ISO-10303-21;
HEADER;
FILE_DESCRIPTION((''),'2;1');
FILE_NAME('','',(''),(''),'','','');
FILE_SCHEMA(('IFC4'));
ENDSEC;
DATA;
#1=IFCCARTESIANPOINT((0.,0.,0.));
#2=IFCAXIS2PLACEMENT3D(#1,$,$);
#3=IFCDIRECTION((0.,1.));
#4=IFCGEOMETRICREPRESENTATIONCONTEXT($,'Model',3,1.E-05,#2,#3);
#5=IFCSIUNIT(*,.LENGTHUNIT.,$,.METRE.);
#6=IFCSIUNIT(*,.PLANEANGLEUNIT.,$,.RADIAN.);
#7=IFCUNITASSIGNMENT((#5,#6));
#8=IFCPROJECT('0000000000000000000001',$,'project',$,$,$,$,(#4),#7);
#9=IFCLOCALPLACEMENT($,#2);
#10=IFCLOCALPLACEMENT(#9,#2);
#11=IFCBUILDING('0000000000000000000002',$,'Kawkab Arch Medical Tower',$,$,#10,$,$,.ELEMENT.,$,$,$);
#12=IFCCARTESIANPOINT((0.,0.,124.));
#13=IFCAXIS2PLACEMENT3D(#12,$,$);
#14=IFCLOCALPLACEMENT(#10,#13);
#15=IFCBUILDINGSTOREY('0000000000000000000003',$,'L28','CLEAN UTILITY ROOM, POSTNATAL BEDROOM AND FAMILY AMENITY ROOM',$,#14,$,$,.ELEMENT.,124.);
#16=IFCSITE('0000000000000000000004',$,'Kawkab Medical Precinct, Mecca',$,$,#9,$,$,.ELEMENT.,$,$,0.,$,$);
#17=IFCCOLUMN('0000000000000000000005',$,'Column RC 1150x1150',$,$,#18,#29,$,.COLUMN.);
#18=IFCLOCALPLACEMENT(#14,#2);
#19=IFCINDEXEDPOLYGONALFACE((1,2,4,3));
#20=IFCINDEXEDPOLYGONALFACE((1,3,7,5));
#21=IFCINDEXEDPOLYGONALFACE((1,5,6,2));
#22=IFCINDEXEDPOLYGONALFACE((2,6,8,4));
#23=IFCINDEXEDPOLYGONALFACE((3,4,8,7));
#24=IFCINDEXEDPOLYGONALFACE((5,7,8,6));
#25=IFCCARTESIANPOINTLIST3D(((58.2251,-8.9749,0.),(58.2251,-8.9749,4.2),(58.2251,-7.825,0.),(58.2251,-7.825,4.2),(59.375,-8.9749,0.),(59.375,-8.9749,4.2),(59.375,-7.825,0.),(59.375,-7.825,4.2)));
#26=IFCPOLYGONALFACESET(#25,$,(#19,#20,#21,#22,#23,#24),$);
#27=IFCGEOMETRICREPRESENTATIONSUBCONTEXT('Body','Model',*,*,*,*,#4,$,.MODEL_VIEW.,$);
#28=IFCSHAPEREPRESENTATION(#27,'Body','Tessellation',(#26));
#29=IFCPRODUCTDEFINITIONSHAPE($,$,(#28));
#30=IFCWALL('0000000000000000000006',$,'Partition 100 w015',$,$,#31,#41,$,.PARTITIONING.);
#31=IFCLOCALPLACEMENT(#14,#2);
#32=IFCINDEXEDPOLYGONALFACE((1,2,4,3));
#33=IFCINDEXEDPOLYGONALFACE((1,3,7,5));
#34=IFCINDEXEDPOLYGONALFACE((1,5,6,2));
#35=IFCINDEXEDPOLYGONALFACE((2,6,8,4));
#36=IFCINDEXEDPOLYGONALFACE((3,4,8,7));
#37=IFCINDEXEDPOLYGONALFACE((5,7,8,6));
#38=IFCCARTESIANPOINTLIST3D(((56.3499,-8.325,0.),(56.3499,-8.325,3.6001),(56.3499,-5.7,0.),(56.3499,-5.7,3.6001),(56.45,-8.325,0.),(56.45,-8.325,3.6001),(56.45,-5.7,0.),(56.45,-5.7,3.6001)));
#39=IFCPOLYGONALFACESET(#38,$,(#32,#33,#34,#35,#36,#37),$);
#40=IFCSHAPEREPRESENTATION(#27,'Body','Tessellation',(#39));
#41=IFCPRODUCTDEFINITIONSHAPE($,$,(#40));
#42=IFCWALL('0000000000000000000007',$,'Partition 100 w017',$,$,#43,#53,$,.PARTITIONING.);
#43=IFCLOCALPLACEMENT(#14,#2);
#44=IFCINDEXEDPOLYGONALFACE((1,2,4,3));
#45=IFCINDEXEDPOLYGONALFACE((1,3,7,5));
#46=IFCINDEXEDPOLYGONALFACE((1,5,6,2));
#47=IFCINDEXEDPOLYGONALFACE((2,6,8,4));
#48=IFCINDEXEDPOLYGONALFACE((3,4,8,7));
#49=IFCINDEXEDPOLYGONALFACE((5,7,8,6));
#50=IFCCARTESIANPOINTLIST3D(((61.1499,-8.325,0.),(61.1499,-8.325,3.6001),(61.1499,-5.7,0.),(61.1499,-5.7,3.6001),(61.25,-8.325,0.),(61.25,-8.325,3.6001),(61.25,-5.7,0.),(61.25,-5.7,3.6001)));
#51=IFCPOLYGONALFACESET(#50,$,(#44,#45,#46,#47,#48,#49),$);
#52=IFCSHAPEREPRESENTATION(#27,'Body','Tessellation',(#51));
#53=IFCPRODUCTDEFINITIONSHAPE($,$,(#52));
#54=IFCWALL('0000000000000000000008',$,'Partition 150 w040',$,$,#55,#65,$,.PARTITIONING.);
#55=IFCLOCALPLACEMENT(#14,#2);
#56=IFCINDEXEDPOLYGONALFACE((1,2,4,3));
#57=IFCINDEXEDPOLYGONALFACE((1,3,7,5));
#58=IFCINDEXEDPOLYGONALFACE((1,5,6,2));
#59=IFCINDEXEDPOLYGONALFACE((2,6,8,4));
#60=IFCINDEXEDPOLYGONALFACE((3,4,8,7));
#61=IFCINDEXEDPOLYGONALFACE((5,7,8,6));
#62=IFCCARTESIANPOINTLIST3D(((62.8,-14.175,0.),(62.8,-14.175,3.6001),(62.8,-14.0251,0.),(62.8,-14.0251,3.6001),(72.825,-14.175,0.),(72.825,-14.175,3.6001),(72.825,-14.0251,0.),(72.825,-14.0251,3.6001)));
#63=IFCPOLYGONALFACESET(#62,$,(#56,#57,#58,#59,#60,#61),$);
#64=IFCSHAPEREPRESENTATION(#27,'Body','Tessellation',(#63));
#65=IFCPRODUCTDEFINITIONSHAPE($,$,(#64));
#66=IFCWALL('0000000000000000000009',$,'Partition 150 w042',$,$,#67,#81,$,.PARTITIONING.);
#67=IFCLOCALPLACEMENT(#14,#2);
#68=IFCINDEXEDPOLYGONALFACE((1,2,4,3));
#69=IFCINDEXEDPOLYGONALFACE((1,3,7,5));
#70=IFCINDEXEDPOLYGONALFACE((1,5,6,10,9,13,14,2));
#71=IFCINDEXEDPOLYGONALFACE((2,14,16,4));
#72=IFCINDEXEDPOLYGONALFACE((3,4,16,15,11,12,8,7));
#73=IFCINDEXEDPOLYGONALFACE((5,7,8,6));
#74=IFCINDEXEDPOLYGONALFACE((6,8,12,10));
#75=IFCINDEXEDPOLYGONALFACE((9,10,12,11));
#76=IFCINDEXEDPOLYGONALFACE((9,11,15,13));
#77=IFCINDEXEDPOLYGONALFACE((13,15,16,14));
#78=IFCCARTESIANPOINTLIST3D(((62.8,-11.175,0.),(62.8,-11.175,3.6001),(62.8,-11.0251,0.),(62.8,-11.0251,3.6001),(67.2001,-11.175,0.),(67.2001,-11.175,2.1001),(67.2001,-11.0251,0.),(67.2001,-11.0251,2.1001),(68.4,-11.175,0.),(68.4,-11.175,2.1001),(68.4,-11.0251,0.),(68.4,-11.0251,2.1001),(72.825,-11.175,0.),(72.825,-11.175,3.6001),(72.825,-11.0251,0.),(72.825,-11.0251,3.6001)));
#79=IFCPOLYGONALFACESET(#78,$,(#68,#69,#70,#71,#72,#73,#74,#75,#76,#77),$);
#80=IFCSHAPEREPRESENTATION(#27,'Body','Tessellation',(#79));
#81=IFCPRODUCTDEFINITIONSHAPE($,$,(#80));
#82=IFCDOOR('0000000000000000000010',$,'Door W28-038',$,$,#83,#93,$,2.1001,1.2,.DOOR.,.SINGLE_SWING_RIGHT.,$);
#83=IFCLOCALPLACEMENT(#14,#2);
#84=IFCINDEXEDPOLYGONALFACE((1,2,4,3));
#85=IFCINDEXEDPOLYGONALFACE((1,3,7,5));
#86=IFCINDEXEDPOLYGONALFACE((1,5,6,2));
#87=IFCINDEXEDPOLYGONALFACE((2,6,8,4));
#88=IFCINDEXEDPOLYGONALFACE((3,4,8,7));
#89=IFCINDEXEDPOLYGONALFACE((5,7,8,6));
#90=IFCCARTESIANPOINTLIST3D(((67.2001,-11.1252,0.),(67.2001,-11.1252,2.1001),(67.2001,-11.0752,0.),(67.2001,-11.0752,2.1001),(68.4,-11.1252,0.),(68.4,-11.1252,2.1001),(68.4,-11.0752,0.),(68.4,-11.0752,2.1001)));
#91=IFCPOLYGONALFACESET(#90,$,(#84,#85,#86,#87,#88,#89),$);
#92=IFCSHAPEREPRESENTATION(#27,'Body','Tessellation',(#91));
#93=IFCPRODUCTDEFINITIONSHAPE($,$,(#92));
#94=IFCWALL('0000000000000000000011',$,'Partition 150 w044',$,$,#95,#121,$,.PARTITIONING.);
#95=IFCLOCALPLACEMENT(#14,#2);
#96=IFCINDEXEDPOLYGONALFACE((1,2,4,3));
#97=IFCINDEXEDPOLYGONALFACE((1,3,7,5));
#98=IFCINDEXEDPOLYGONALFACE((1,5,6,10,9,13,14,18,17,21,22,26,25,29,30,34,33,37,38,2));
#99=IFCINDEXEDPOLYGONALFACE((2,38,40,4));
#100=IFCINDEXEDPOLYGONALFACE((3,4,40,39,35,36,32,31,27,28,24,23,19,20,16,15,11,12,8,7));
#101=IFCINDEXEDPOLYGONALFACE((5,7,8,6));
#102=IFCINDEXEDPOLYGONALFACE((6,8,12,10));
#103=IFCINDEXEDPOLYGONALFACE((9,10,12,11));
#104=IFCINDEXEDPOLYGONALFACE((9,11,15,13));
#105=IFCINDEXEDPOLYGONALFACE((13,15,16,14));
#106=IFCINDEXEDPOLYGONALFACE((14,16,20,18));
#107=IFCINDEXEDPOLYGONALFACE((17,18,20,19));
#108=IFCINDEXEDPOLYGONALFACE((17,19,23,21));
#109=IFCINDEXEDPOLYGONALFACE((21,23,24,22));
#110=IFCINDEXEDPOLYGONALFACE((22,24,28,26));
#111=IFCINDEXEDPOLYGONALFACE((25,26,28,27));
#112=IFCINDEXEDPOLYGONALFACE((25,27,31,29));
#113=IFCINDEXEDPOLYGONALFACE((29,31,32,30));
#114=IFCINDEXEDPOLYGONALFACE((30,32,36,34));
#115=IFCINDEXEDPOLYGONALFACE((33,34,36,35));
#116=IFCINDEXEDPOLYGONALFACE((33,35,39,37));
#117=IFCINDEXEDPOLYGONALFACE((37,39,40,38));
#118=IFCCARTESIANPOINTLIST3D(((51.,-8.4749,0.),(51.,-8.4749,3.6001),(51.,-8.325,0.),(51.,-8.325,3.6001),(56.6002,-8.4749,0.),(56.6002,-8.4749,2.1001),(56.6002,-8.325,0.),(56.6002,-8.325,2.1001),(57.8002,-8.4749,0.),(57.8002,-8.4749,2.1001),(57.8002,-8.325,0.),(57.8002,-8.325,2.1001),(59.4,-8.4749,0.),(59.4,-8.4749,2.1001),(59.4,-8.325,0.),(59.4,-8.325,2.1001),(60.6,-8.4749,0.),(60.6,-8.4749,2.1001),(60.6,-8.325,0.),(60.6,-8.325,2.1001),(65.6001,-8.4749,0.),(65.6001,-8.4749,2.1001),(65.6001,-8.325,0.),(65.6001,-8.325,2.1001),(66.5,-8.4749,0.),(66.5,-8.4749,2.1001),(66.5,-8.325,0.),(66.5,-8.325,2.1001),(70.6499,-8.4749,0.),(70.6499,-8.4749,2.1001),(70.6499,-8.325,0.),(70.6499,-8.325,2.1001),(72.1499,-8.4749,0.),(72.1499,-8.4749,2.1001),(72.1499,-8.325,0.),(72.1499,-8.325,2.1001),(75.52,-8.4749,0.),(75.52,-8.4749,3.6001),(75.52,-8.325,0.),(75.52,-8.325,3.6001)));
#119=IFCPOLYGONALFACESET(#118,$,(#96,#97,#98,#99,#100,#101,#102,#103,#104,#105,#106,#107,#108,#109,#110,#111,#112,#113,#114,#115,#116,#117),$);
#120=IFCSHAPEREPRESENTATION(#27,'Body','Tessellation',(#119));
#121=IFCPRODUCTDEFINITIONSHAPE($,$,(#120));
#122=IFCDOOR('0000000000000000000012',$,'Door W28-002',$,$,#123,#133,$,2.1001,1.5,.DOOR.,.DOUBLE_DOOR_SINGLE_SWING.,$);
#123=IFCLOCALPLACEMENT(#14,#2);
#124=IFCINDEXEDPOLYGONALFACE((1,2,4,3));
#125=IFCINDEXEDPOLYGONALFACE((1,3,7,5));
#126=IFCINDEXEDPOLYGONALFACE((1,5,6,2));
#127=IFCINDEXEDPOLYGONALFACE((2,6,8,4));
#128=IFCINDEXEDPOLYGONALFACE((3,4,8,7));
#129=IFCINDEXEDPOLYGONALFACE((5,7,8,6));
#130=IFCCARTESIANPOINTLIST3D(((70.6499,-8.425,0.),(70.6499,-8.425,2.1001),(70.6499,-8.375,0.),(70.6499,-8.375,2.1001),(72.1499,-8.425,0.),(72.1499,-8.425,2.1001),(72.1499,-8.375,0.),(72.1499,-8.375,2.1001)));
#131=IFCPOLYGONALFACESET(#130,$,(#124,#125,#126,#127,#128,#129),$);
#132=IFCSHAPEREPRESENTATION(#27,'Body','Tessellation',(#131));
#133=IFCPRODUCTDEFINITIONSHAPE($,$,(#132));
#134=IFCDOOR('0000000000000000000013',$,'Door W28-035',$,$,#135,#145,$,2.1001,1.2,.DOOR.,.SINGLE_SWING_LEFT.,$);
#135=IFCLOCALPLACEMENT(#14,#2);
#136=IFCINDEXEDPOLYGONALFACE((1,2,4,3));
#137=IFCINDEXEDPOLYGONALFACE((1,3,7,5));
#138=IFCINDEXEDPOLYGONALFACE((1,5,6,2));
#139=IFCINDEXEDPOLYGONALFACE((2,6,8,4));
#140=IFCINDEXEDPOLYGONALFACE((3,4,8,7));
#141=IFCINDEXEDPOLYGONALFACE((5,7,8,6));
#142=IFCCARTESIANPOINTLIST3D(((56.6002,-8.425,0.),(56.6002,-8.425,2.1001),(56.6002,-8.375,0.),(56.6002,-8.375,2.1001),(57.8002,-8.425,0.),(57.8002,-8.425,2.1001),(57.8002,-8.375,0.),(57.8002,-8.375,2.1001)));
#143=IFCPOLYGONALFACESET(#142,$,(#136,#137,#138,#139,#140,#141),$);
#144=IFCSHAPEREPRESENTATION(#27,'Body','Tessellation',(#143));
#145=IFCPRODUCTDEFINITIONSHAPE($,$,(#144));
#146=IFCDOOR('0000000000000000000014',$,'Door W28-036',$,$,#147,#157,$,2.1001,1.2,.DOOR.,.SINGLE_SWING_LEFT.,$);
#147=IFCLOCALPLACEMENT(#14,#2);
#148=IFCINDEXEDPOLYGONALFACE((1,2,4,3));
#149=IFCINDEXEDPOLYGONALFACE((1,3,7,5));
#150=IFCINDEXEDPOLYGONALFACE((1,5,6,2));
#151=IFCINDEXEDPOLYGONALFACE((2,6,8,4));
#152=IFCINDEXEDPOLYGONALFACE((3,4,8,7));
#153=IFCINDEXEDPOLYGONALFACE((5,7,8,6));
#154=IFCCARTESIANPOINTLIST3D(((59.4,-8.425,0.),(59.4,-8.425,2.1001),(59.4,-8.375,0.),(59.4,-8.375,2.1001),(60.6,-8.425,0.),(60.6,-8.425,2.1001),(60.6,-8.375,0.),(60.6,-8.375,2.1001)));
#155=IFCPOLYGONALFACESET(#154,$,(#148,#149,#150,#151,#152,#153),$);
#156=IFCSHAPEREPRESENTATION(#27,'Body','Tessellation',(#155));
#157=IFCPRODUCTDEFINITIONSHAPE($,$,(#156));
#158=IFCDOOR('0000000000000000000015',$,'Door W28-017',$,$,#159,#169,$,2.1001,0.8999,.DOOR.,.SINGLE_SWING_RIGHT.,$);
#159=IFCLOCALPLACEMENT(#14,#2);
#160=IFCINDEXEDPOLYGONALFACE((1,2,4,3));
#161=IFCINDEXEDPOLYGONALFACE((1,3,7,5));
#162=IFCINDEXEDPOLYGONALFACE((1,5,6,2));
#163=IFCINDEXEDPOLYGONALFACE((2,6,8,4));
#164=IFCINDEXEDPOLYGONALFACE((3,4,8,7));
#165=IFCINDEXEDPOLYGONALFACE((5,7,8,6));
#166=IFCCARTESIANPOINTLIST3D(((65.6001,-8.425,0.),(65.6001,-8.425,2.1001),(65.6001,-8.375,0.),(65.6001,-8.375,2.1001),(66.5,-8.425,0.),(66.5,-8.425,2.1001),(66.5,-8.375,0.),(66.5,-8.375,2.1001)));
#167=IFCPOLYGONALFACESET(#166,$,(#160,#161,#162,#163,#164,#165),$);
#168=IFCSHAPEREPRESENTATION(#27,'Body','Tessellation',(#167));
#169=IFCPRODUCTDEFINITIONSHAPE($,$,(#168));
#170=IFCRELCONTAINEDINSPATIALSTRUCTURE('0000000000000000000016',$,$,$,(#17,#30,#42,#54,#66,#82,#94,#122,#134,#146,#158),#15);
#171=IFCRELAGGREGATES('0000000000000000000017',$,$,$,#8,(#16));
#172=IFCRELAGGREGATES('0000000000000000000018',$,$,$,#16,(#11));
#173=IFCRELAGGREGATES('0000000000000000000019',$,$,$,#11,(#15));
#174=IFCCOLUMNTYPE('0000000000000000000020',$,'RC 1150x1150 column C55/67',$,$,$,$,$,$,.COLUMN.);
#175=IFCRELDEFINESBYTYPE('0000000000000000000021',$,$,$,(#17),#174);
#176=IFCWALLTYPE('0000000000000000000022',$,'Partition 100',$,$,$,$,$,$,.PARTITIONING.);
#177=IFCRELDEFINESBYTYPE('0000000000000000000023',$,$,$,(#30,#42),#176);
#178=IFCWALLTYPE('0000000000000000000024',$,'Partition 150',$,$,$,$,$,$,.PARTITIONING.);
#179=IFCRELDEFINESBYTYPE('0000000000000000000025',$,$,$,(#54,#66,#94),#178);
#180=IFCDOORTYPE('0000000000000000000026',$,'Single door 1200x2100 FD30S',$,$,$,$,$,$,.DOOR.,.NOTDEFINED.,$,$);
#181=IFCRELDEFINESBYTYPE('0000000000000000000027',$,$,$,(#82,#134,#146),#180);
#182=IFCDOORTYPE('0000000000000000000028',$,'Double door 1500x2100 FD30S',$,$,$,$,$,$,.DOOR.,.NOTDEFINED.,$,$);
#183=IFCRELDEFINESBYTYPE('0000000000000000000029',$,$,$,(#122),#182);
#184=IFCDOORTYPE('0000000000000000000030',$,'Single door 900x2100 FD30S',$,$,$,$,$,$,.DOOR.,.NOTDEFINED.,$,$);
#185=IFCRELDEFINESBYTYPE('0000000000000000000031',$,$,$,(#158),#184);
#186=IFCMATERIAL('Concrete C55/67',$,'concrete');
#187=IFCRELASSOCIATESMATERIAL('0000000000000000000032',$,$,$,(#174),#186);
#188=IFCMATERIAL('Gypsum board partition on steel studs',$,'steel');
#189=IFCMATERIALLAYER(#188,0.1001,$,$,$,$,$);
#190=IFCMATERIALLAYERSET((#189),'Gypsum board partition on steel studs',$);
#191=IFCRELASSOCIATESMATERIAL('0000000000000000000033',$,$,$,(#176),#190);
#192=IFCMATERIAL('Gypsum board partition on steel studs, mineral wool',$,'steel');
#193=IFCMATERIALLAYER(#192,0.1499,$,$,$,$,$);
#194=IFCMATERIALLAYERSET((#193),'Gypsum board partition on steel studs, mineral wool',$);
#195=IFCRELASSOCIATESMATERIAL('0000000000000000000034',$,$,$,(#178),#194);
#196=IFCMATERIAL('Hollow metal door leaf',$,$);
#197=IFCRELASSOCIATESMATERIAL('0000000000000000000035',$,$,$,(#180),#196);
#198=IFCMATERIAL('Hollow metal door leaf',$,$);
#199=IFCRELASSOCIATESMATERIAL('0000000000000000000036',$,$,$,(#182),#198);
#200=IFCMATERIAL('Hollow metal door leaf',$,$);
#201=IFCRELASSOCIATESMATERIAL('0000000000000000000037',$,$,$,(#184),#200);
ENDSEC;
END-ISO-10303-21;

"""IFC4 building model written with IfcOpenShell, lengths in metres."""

from ifc_helpers import new_model, si_unit, direction, frame, frame_2d, origin, origin_2d, place, context, subcontext, project, spatial, rectangle, extrude, material, layer, layer_set, material_profile, profile_set, type_object, element, fill, save


model = new_model("IFC4")

# Units and contexts
model_context = context("Model", 3, precision=1e-05, world=origin(), true_north=direction((0.0, 1.0)))
body_context = subcontext(model_context, "Body", "Model", "MODEL_VIEW")
ifc_project = project(units=[si_unit("LENGTHUNIT", "METRE"), si_unit("PLANEANGLEUNIT", "RADIAN")], contexts=[model_context])

# Site, building, storey
site_placement = place(None, origin())
site = spatial("IfcSite", under=ifc_project, at=site_placement, Name="Kawkab Medical Precinct, Mecca", CompositionType="ELEMENT", RefElevation=0.0)
building_placement = place(site_placement, origin())
building = spatial("IfcBuilding", under=site, at=building_placement, Name="Kawkab Arch Medical Tower", CompositionType="ELEMENT")
storey_placement = place(building_placement, frame((0.0, 0.0, 124.0)))
storey = spatial("IfcBuildingStorey", under=building, at=storey_placement, Name="L28", Description="CLEAN UTILITY ROOM, POSTNATAL BEDROOM AND FAMILY AMENITY ROOM", CompositionType="ELEMENT", Elevation=124.0)

# Column
ifc_material_1 = material(Name="Concrete C55/67", Category="concrete")
ifc_material_profile = material_profile(ifc_material_1, rectangle(XDim=1.1499, YDim=1.1499, at=origin_2d()), Name="RC 1150x1150")
ifc_profile_set = profile_set([ifc_material_profile], Name="Concrete C55/67")
column_type = type_object("IfcColumnType", Name="RC 1150x1150 column C55/67", PredefinedType="COLUMN", material=ifc_profile_set)
column_placement = place(storey_placement, frame((58.8, -8.3999, 0.0), z_axis=(0.0, 0.0, 1.0), x_axis=(1.0, 0.0, 0.0)))
element("IfcColumn", 1, at=column_placement, inside=storey, type_object=column_type, Name="Column RC 1150x1150", PredefinedType="COLUMN", context=body_context, shape_type="SweptSolid", body=[
    extrude(rectangle(XDim=1.1499, YDim=1.1499, at=origin_2d()), origin(), (0.0, 0.0, 1.0), 4.2),
])

# Walls
ifc_material_2 = material(Name="Gypsum board partition on steel studs", Category="steel")
ifc_layer_1 = layer(ifc_material_2, 0.1001)
ifc_layer_set_1 = layer_set([ifc_layer_1], Name="Gypsum board partition on steel studs")
wall_type_1 = type_object("IfcWallType", Name="Partition 100", PredefinedType="PARTITIONING", material=ifc_layer_set_1)
for number, where, z_axis, x_axis, name in (
    (2, (56.3999, -8.325, 0.0), (0.0, 0.0, 1.0), (0.0, 1.0, 0.0), "Partition 100 w015"),
    (3, (61.2, -8.325, 0.0), (0.0, 0.0, 1.0), (0.0, 1.0, 0.0), "Partition 100 w017"),
):
    element("IfcWall", number, at=place(storey_placement, frame(where, z_axis=z_axis, x_axis=x_axis)), inside=storey, type_object=wall_type_1, Name=name, PredefinedType="PARTITIONING", context=body_context, shape_type="SweptSolid", body=[
        extrude(rectangle(XDim=2.625, YDim=0.1001, at=frame_2d((1.3125, 0.0))), origin(), (0.0, 0.0, 1.0), 3.6001),
    ])
ifc_material_3 = material(Name="Gypsum board partition on steel studs, mineral wool", Category="steel")
ifc_layer_2 = layer(ifc_material_3, 0.1499)
ifc_layer_set_2 = layer_set([ifc_layer_2], Name="Gypsum board partition on steel studs, mineral wool")
wall_type_2 = type_object("IfcWallType", Name="Partition 150", PredefinedType="PARTITIONING", material=ifc_layer_set_2)
wall_1_placement = place(storey_placement, frame((62.8, -14.1001, 0.0), z_axis=(0.0, 0.0, 1.0), x_axis=(1.0, 0.0, 0.0)))
element("IfcWall", 4, at=wall_1_placement, inside=storey, type_object=wall_type_2, Name="Partition 150 w040", PredefinedType="PARTITIONING", context=body_context, shape_type="SweptSolid", body=[
    extrude(rectangle(XDim=10.0249, YDim=0.1499, at=frame_2d((5.0125, 0.0))), origin(), (0.0, 0.0, 1.0), 3.6001),
])

# Wall, opening, door
wall_2_placement = place(storey_placement, frame((62.8, -11.1001, 0.0), z_axis=(0.0, 0.0, 1.0), x_axis=(1.0, 0.0, 0.0)))
wall_2 = element("IfcWall", 5, at=wall_2_placement, inside=storey, type_object=wall_type_2, Name="Partition 150 w042", PredefinedType="PARTITIONING", context=body_context, shape_type="SweptSolid", body=[
    extrude(rectangle(XDim=10.0249, YDim=0.1499, at=frame_2d((5.0125, 0.0))), origin(), (0.0, 0.0, 1.0), 3.6001),
])
opening_1_placement = place(wall_2_placement, frame((4.3999, 0.0, 0.0)))
opening_1 = element("IfcOpeningElement", 6, at=opening_1_placement, cuts=wall_2, PredefinedType="OPENING", context=body_context, shape_type="SweptSolid", body=[
    extrude(rectangle(XDim=1.2, YDim=2.1001, at=frame_2d((0.6001, 1.05))), frame((0.0, 0.085, 0.0), z_axis=(0.0, -1.0, 0.0), x_axis=(1.0, 0.0, 0.0)), (0.0, 0.0, 1.0), 0.1699),
])
ifc_material_4 = material(Name="Hollow metal door leaf")
door_type_1 = type_object("IfcDoorType", Name="Single door 1200x2100 FD30S", OperationType="NOTDEFINED", PredefinedType="DOOR", material=ifc_material_4)
door_1_placement = place(opening_1_placement, origin())
door_1 = element("IfcDoor", 7, at=door_1_placement, inside=storey, type_object=door_type_1, Name="Door W28-038", OperationType="SINGLE_SWING_RIGHT", OverallHeight=2.1001, OverallWidth=1.2, PredefinedType="DOOR", context=body_context, shape_type="SweptSolid", body=[
    extrude(rectangle(XDim=1.2, YDim=2.1001, at=frame_2d((0.6001, 1.05))), frame((0.0, 0.0249, 0.0), z_axis=(0.0, -1.0, 0.0), x_axis=(1.0, 0.0, 0.0)), (0.0, 0.0, 1.0), 0.05),
])
fill(opening_1, door_1)

# Wall, openings, doors
wall_3_placement = place(storey_placement, frame((51.0, -8.3999, 0.0), z_axis=(0.0, 0.0, 1.0), x_axis=(1.0, 0.0, 0.0)))
wall_3 = element("IfcWall", 8, at=wall_3_placement, inside=storey, type_object=wall_type_2, Name="Partition 150 w044", PredefinedType="PARTITIONING", context=body_context, shape_type="SweptSolid", body=[
    extrude(rectangle(XDim=24.52, YDim=0.1499, at=frame_2d((12.26, 0.0))), origin(), (0.0, 0.0, 1.0), 3.6001),
])
opening_2_placement = place(wall_3_placement, frame((5.6001, 0.0, 0.0)))
opening_2 = element("IfcOpeningElement", 9, at=opening_2_placement, cuts=wall_3, PredefinedType="OPENING", context=body_context, shape_type="SweptSolid", body=[
    extrude(rectangle(XDim=1.2, YDim=2.1001, at=frame_2d((0.6001, 1.05))), frame((0.0, 0.085, 0.0), z_axis=(0.0, -1.0, 0.0), x_axis=(1.0, 0.0, 0.0)), (0.0, 0.0, 1.0), 0.1699),
])
opening_3_placement = place(wall_3_placement, frame((8.3999, 0.0, 0.0)))
opening_3 = element("IfcOpeningElement", 10, at=opening_3_placement, cuts=wall_3, PredefinedType="OPENING", context=body_context, shape_type="SweptSolid", body=[
    extrude(rectangle(XDim=1.2, YDim=2.1001, at=frame_2d((0.6001, 1.05))), frame((0.0, 0.085, 0.0), z_axis=(0.0, -1.0, 0.0), x_axis=(1.0, 0.0, 0.0)), (0.0, 0.0, 1.0), 0.1699),
])
opening_4_placement = place(wall_3_placement, frame((14.6001, 0.0, 0.0)))
opening_4 = element("IfcOpeningElement", 11, at=opening_4_placement, cuts=wall_3, PredefinedType="OPENING", context=body_context, shape_type="SweptSolid", body=[
    extrude(rectangle(XDim=0.8999, YDim=2.1001, at=frame_2d((0.45, 1.05))), frame((0.0, 0.085, 0.0), z_axis=(0.0, -1.0, 0.0), x_axis=(1.0, 0.0, 0.0)), (0.0, 0.0, 1.0), 0.1699),
])
opening_5_placement = place(wall_3_placement, frame((19.6499, 0.0, 0.0)))
opening_5 = element("IfcOpeningElement", 12, at=opening_5_placement, cuts=wall_3, PredefinedType="OPENING", context=body_context, shape_type="SweptSolid", body=[
    extrude(rectangle(XDim=1.5, YDim=2.1001, at=frame_2d((0.75, 1.05))), frame((0.0, 0.085, 0.0), z_axis=(0.0, -1.0, 0.0), x_axis=(1.0, 0.0, 0.0)), (0.0, 0.0, 1.0), 0.1699),
])
ifc_material_5 = material(Name="Hollow metal door leaf")
door_type_2 = type_object("IfcDoorType", Name="Double door 1500x2100 FD30S", OperationType="NOTDEFINED", PredefinedType="DOOR", material=ifc_material_5)
door_2_placement = place(opening_5_placement, origin())
door_2 = element("IfcDoor", 13, at=door_2_placement, inside=storey, type_object=door_type_2, Name="Door W28-002", OperationType="DOUBLE_DOOR_SINGLE_SWING", OverallHeight=2.1001, OverallWidth=1.5, PredefinedType="DOOR", context=body_context, shape_type="SweptSolid", body=[
    extrude(rectangle(XDim=1.5, YDim=2.1001, at=frame_2d((0.75, 1.05))), frame((0.0, 0.0249, 0.0), z_axis=(0.0, -1.0, 0.0), x_axis=(1.0, 0.0, 0.0)), (0.0, 0.0, 1.0), 0.05),
])
fill(opening_5, door_2)
door_3_placement = place(opening_2_placement, origin())
door_3 = element("IfcDoor", 14, at=door_3_placement, inside=storey, type_object=door_type_1, Name="Door W28-035", OperationType="SINGLE_SWING_LEFT", OverallHeight=2.1001, OverallWidth=1.2, PredefinedType="DOOR", context=body_context, shape_type="SweptSolid", body=[
    extrude(rectangle(XDim=1.2, YDim=2.1001, at=frame_2d((0.6001, 1.05))), frame((0.0, 0.0249, 0.0), z_axis=(0.0, -1.0, 0.0), x_axis=(1.0, 0.0, 0.0)), (0.0, 0.0, 1.0), 0.05),
])
fill(opening_2, door_3)
door_4_placement = place(opening_3_placement, origin())
door_4 = element("IfcDoor", 15, at=door_4_placement, inside=storey, type_object=door_type_1, Name="Door W28-036", OperationType="SINGLE_SWING_LEFT", OverallHeight=2.1001, OverallWidth=1.2, PredefinedType="DOOR", context=body_context, shape_type="SweptSolid", body=[
    extrude(rectangle(XDim=1.2, YDim=2.1001, at=frame_2d((0.6001, 1.05))), frame((0.0, 0.0249, 0.0), z_axis=(0.0, -1.0, 0.0), x_axis=(1.0, 0.0, 0.0)), (0.0, 0.0, 1.0), 0.05),
])
fill(opening_3, door_4)
ifc_material_6 = material(Name="Hollow metal door leaf")
door_type_3 = type_object("IfcDoorType", Name="Single door 900x2100 FD30S", OperationType="NOTDEFINED", PredefinedType="DOOR", material=ifc_material_6)
door_5_placement = place(opening_4_placement, origin())
door_5 = element("IfcDoor", 16, at=door_5_placement, inside=storey, type_object=door_type_3, Name="Door W28-017", OperationType="SINGLE_SWING_RIGHT", OverallHeight=2.1001, OverallWidth=0.8999, PredefinedType="DOOR", context=body_context, shape_type="SweptSolid", body=[
    extrude(rectangle(XDim=0.8999, YDim=2.1001, at=frame_2d((0.45, 1.05))), frame((0.0, 0.0249, 0.0), z_axis=(0.0, -1.0, 0.0), x_axis=(1.0, 0.0, 0.0)), (0.0, 0.0, 1.0), 0.05),
])
fill(opening_4, door_5)

save(model, "model.ifc")
